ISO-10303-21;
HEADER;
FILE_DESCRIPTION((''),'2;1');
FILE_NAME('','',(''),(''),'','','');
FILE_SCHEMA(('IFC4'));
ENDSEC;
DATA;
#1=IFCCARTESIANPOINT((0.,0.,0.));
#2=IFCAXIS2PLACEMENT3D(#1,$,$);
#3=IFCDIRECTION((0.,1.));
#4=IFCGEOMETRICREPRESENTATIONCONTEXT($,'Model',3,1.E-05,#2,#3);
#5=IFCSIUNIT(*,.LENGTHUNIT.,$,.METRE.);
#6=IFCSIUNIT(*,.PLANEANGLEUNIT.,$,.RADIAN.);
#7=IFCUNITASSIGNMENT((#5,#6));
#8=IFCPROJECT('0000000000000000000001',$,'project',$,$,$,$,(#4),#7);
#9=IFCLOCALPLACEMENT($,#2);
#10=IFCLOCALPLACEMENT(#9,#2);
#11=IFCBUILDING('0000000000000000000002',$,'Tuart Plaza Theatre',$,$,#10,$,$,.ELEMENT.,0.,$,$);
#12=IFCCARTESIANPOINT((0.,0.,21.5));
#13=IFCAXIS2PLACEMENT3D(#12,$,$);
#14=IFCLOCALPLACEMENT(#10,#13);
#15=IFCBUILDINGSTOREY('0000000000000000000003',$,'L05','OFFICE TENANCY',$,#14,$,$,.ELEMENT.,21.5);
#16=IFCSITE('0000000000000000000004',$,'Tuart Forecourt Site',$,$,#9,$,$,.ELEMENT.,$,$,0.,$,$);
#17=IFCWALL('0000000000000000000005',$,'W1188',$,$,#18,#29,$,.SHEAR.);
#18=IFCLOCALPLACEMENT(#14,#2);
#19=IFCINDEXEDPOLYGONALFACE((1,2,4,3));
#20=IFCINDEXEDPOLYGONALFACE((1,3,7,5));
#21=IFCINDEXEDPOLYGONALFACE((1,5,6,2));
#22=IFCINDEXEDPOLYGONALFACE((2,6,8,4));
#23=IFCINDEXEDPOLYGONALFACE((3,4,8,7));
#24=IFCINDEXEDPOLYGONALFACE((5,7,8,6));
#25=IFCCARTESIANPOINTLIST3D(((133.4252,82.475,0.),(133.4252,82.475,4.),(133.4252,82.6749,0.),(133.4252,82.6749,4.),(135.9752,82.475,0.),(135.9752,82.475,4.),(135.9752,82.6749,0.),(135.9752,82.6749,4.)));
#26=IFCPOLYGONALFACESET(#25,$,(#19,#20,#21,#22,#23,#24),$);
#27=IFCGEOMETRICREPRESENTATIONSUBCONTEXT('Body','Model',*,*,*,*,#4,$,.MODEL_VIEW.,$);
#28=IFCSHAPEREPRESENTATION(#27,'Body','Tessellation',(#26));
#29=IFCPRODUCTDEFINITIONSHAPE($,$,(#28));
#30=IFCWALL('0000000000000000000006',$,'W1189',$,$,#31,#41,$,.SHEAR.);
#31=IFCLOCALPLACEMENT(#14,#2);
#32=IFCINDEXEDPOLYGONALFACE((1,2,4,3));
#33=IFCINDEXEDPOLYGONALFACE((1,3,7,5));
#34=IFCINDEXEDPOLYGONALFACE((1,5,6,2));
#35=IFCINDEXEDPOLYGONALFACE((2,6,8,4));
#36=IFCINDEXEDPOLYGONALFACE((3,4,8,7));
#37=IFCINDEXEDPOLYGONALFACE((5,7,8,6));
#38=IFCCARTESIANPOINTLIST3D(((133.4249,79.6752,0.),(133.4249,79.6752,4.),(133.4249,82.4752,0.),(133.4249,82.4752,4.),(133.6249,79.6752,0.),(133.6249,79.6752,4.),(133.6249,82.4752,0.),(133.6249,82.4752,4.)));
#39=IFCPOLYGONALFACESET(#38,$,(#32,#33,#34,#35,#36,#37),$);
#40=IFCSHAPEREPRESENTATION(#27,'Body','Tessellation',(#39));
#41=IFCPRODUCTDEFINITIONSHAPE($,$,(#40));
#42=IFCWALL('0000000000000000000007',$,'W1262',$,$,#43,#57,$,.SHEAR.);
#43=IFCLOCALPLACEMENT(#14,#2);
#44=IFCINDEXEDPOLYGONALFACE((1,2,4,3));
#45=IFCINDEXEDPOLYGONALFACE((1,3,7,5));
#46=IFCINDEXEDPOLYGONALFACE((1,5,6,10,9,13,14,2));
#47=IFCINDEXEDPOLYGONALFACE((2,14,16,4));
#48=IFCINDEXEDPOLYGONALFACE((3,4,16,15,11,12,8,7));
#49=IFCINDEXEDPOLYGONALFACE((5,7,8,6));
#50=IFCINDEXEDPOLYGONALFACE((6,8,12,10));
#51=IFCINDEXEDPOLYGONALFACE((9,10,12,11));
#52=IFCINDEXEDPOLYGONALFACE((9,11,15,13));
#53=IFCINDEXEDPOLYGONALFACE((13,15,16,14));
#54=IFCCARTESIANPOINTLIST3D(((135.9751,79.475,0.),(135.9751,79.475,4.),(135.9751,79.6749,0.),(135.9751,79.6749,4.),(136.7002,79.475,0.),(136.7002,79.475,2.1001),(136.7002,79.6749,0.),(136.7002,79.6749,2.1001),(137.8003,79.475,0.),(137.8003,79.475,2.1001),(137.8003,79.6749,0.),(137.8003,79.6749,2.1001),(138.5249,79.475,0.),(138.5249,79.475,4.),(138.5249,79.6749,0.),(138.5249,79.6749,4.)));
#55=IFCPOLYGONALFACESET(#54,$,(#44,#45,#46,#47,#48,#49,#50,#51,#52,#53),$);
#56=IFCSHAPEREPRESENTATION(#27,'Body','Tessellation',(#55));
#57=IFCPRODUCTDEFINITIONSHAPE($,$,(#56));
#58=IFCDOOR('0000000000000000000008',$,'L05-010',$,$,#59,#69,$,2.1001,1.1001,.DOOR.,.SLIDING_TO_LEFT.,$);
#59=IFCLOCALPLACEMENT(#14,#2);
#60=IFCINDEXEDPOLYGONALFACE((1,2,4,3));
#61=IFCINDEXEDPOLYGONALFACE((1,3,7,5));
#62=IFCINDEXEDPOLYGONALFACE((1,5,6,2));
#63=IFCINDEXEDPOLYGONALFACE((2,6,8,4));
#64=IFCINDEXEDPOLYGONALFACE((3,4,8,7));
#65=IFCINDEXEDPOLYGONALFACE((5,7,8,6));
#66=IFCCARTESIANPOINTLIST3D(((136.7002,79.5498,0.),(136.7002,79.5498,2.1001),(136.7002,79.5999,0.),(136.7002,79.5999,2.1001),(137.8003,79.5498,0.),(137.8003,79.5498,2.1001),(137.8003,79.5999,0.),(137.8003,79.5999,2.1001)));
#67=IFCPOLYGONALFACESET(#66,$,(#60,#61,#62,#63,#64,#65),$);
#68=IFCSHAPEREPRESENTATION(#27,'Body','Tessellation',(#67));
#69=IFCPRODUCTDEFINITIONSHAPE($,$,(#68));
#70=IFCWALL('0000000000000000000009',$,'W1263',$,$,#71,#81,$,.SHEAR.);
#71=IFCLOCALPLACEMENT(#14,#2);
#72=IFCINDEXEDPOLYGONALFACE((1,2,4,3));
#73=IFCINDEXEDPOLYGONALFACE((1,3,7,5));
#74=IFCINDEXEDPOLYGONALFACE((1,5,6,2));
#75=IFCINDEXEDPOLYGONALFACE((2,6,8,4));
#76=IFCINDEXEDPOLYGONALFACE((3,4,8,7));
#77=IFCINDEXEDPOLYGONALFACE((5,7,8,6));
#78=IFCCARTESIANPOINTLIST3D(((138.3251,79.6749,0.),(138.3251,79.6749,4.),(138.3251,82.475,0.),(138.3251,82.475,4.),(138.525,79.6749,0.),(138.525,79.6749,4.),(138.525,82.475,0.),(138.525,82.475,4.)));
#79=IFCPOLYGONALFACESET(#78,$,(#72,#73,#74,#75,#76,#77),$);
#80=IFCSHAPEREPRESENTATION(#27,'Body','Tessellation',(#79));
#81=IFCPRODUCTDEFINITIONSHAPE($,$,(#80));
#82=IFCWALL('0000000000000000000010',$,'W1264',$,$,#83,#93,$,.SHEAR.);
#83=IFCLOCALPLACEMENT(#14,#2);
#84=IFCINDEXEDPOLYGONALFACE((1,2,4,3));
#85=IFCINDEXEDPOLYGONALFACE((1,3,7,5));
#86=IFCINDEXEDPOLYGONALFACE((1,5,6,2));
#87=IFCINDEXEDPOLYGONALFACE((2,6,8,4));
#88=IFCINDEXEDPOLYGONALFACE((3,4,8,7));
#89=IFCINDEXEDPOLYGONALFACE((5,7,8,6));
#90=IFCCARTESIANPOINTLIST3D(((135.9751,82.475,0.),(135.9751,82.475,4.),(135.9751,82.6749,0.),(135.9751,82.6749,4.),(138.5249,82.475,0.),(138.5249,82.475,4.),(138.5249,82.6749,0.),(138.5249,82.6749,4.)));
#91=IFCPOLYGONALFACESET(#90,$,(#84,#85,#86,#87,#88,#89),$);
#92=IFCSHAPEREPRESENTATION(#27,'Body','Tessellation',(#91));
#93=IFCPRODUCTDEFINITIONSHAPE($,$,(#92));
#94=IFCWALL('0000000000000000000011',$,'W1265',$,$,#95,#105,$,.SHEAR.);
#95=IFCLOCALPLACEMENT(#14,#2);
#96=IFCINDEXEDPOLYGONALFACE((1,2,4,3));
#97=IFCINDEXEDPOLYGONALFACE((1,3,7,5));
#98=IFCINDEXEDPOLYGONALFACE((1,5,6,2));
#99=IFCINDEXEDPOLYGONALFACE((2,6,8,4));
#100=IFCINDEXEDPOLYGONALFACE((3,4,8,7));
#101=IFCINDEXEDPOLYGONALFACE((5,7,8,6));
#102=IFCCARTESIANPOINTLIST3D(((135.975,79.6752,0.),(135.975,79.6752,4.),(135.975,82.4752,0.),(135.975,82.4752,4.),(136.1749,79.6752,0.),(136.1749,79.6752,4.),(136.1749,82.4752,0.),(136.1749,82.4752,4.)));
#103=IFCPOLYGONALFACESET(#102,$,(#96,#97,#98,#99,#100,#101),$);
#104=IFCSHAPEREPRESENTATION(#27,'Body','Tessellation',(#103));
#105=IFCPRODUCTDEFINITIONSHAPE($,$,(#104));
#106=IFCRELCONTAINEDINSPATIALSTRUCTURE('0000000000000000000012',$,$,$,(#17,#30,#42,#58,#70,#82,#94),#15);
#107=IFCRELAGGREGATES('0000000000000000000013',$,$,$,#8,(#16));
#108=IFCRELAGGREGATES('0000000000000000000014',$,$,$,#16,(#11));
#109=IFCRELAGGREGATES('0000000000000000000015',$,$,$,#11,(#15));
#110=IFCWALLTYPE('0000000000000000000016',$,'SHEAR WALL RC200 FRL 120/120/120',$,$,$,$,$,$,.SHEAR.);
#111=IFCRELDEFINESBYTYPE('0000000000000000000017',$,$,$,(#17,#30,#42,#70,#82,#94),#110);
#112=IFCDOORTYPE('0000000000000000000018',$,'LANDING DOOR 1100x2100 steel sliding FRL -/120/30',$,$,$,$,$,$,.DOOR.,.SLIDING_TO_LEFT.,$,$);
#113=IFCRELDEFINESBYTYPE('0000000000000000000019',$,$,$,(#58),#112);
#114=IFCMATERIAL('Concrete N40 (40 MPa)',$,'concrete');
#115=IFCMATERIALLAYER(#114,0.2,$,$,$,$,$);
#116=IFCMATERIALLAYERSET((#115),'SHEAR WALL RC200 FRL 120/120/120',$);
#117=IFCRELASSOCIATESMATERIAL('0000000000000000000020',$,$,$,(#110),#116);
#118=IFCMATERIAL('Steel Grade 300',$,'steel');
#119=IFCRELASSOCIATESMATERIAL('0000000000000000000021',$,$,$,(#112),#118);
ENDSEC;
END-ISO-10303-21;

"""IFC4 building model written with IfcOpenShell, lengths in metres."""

from ifc_helpers import new_model, si_unit, direction, frame, frame_2d, origin, place, context, subcontext, project, spatial, rectangle, extrude, material, layer, layer_set, type_object, element, fill, save


model = new_model("IFC4")

# Units and contexts
model_context = context("Model", 3, precision=1e-05, world=origin(), true_north=direction((0.0, 1.0)))
body_context = subcontext(model_context, "Body", "Model", "MODEL_VIEW")
ifc_project = project(units=[si_unit("LENGTHUNIT", "METRE"), si_unit("PLANEANGLEUNIT", "RADIAN")], contexts=[model_context])

# Site, building, storey
site_placement = place(None, origin())
site = spatial("IfcSite", under=ifc_project, at=site_placement, Name="Tuart Forecourt Site", CompositionType="ELEMENT", RefElevation=0.0)
building_placement = place(site_placement, origin())
building = spatial("IfcBuilding", under=site, at=building_placement, Name="Tuart Plaza Theatre", CompositionType="ELEMENT", ElevationOfRefHeight=0.0)
storey_placement = place(building_placement, frame((0.0, 0.0, 21.5)))
storey = spatial("IfcBuildingStorey", under=building, at=storey_placement, Name="L05", Description="OFFICE TENANCY", CompositionType="ELEMENT", Elevation=21.5)

# Shared definitions
ifc_material_1 = material(Name="Concrete N40 (40 MPa)", Category="concrete")
ifc_layer_1 = layer(ifc_material_1, 0.2)
ifc_layer_set_1 = layer_set([ifc_layer_1], Name="SHEAR WALL RC200 FRL 120/120/120")
wall_type_1 = type_object("IfcWallType", Name="SHEAR WALL RC200 FRL 120/120/120", PredefinedType="SHEAR", material=ifc_layer_set_1)

# Shared definitions
ifc_material_2 = material(Name="Steel Grade 300", Category="steel")
door_type_1 = type_object("IfcDoorType", Name="LANDING DOOR 1100x2100 steel sliding FRL -/120/30", OperationType="SLIDING_TO_LEFT", PredefinedType="DOOR", material=ifc_material_2)

# Walls
wall_1_placement = place(storey_placement, frame((135.9751, 82.575, 0.0), z_axis=(0.0, 0.0, 1.0), x_axis=(-1.0, 0.0, 0.0)))
element("IfcWall", 1, at=wall_1_placement, inside=storey, type_object=wall_type_1, Name="W1188", PredefinedType="SHEAR", context=body_context, shape_type="SweptSolid", body=[
    extrude(rectangle(XDim=2.55, YDim=0.2, at=frame_2d((1.2749, 0.0))), origin(), (0.0, 0.0, 1.0), 4.0),
])
wall_2_placement = place(storey_placement, frame((133.5249, 82.4751, 0.0), z_axis=(0.0, 0.0, 1.0), x_axis=(0.0, -1.0, 0.0)))
element("IfcWall", 2, at=wall_2_placement, inside=storey, type_object=wall_type_1, Name="W1189", PredefinedType="SHEAR", context=body_context, shape_type="SweptSolid", body=[
    extrude(rectangle(XDim=2.8, YDim=0.2, at=frame_2d((1.3999, 0.0))), origin(), (0.0, 0.0, 1.0), 4.0),
])

# Wall, opening, door
wall_3_placement = place(storey_placement, frame((135.9751, 79.575, 0.0), z_axis=(0.0, 0.0, 1.0), x_axis=(1.0, 0.0, 0.0)))
wall_3 = element("IfcWall", 3, at=wall_3_placement, inside=storey, type_object=wall_type_1, Name="W1262", PredefinedType="SHEAR", context=body_context, shape_type="SweptSolid", body=[
    extrude(rectangle(XDim=2.5498, YDim=0.2, at=frame_2d((1.2749, 0.0))), origin(), (0.0, 0.0, 1.0), 4.0),
])
opening_1_placement = place(wall_3_placement, frame((0.7251, 0.0, 0.0)))
opening_1 = element("IfcOpeningElement", 4, at=opening_1_placement, cuts=wall_3, PredefinedType="OPENING", context=body_context, shape_type="SweptSolid", body=[
    extrude(rectangle(XDim=1.1001, YDim=2.1001, at=frame_2d((0.55, 1.05))), frame((0.0, 0.1099, 0.0), z_axis=(0.0, -1.0, 0.0), x_axis=(1.0, 0.0, 0.0)), (0.0, 0.0, 1.0), 0.22),
])
door_1_placement = place(opening_1_placement, origin())
door_1 = element("IfcDoor", 5, at=door_1_placement, inside=storey, type_object=door_type_1, Name="L05-010", OperationType="SLIDING_TO_LEFT", OverallHeight=2.1001, OverallWidth=1.1001, PredefinedType="DOOR", context=body_context, shape_type="SweptSolid", body=[
    extrude(rectangle(XDim=1.1001, YDim=2.1001, at=frame_2d((0.55, 1.05))), frame((0.0, 0.0249, 0.0), z_axis=(0.0, -1.0, 0.0), x_axis=(1.0, 0.0, 0.0)), (0.0, 0.0, 1.0), 0.05),
])
fill(opening_1, door_1)

# Walls
wall_4_placement = place(storey_placement, frame((138.425, 79.675, 0.0), z_axis=(0.0, 0.0, 1.0), x_axis=(0.0, 1.0, 0.0)))
element("IfcWall", 6, at=wall_4_placement, inside=storey, type_object=wall_type_1, Name="W1263", PredefinedType="SHEAR", context=body_context, shape_type="SweptSolid", body=[
    extrude(rectangle(XDim=2.8, YDim=0.2, at=frame_2d((1.3999, 0.0))), origin(), (0.0, 0.0, 1.0), 4.0),
])
wall_5_placement = place(storey_placement, frame((138.5249, 82.575, 0.0), z_axis=(0.0, 0.0, 1.0), x_axis=(-1.0, 0.0, 0.0)))
element("IfcWall", 7, at=wall_5_placement, inside=storey, type_object=wall_type_1, Name="W1264", PredefinedType="SHEAR", context=body_context, shape_type="SweptSolid", body=[
    extrude(rectangle(XDim=2.5498, YDim=0.2, at=frame_2d((1.2749, 0.0))), origin(), (0.0, 0.0, 1.0), 4.0),
])
wall_6_placement = place(storey_placement, frame((136.075, 82.4751, 0.0), z_axis=(0.0, 0.0, 1.0), x_axis=(0.0, -1.0, 0.0)))
element("IfcWall", 8, at=wall_6_placement, inside=storey, type_object=wall_type_1, Name="W1265", PredefinedType="SHEAR", context=body_context, shape_type="SweptSolid", body=[
    extrude(rectangle(XDim=2.8, YDim=0.2, at=frame_2d((1.3999, 0.0))), origin(), (0.0, 0.0, 1.0), 4.0),
])

save(model, "model.ifc")
